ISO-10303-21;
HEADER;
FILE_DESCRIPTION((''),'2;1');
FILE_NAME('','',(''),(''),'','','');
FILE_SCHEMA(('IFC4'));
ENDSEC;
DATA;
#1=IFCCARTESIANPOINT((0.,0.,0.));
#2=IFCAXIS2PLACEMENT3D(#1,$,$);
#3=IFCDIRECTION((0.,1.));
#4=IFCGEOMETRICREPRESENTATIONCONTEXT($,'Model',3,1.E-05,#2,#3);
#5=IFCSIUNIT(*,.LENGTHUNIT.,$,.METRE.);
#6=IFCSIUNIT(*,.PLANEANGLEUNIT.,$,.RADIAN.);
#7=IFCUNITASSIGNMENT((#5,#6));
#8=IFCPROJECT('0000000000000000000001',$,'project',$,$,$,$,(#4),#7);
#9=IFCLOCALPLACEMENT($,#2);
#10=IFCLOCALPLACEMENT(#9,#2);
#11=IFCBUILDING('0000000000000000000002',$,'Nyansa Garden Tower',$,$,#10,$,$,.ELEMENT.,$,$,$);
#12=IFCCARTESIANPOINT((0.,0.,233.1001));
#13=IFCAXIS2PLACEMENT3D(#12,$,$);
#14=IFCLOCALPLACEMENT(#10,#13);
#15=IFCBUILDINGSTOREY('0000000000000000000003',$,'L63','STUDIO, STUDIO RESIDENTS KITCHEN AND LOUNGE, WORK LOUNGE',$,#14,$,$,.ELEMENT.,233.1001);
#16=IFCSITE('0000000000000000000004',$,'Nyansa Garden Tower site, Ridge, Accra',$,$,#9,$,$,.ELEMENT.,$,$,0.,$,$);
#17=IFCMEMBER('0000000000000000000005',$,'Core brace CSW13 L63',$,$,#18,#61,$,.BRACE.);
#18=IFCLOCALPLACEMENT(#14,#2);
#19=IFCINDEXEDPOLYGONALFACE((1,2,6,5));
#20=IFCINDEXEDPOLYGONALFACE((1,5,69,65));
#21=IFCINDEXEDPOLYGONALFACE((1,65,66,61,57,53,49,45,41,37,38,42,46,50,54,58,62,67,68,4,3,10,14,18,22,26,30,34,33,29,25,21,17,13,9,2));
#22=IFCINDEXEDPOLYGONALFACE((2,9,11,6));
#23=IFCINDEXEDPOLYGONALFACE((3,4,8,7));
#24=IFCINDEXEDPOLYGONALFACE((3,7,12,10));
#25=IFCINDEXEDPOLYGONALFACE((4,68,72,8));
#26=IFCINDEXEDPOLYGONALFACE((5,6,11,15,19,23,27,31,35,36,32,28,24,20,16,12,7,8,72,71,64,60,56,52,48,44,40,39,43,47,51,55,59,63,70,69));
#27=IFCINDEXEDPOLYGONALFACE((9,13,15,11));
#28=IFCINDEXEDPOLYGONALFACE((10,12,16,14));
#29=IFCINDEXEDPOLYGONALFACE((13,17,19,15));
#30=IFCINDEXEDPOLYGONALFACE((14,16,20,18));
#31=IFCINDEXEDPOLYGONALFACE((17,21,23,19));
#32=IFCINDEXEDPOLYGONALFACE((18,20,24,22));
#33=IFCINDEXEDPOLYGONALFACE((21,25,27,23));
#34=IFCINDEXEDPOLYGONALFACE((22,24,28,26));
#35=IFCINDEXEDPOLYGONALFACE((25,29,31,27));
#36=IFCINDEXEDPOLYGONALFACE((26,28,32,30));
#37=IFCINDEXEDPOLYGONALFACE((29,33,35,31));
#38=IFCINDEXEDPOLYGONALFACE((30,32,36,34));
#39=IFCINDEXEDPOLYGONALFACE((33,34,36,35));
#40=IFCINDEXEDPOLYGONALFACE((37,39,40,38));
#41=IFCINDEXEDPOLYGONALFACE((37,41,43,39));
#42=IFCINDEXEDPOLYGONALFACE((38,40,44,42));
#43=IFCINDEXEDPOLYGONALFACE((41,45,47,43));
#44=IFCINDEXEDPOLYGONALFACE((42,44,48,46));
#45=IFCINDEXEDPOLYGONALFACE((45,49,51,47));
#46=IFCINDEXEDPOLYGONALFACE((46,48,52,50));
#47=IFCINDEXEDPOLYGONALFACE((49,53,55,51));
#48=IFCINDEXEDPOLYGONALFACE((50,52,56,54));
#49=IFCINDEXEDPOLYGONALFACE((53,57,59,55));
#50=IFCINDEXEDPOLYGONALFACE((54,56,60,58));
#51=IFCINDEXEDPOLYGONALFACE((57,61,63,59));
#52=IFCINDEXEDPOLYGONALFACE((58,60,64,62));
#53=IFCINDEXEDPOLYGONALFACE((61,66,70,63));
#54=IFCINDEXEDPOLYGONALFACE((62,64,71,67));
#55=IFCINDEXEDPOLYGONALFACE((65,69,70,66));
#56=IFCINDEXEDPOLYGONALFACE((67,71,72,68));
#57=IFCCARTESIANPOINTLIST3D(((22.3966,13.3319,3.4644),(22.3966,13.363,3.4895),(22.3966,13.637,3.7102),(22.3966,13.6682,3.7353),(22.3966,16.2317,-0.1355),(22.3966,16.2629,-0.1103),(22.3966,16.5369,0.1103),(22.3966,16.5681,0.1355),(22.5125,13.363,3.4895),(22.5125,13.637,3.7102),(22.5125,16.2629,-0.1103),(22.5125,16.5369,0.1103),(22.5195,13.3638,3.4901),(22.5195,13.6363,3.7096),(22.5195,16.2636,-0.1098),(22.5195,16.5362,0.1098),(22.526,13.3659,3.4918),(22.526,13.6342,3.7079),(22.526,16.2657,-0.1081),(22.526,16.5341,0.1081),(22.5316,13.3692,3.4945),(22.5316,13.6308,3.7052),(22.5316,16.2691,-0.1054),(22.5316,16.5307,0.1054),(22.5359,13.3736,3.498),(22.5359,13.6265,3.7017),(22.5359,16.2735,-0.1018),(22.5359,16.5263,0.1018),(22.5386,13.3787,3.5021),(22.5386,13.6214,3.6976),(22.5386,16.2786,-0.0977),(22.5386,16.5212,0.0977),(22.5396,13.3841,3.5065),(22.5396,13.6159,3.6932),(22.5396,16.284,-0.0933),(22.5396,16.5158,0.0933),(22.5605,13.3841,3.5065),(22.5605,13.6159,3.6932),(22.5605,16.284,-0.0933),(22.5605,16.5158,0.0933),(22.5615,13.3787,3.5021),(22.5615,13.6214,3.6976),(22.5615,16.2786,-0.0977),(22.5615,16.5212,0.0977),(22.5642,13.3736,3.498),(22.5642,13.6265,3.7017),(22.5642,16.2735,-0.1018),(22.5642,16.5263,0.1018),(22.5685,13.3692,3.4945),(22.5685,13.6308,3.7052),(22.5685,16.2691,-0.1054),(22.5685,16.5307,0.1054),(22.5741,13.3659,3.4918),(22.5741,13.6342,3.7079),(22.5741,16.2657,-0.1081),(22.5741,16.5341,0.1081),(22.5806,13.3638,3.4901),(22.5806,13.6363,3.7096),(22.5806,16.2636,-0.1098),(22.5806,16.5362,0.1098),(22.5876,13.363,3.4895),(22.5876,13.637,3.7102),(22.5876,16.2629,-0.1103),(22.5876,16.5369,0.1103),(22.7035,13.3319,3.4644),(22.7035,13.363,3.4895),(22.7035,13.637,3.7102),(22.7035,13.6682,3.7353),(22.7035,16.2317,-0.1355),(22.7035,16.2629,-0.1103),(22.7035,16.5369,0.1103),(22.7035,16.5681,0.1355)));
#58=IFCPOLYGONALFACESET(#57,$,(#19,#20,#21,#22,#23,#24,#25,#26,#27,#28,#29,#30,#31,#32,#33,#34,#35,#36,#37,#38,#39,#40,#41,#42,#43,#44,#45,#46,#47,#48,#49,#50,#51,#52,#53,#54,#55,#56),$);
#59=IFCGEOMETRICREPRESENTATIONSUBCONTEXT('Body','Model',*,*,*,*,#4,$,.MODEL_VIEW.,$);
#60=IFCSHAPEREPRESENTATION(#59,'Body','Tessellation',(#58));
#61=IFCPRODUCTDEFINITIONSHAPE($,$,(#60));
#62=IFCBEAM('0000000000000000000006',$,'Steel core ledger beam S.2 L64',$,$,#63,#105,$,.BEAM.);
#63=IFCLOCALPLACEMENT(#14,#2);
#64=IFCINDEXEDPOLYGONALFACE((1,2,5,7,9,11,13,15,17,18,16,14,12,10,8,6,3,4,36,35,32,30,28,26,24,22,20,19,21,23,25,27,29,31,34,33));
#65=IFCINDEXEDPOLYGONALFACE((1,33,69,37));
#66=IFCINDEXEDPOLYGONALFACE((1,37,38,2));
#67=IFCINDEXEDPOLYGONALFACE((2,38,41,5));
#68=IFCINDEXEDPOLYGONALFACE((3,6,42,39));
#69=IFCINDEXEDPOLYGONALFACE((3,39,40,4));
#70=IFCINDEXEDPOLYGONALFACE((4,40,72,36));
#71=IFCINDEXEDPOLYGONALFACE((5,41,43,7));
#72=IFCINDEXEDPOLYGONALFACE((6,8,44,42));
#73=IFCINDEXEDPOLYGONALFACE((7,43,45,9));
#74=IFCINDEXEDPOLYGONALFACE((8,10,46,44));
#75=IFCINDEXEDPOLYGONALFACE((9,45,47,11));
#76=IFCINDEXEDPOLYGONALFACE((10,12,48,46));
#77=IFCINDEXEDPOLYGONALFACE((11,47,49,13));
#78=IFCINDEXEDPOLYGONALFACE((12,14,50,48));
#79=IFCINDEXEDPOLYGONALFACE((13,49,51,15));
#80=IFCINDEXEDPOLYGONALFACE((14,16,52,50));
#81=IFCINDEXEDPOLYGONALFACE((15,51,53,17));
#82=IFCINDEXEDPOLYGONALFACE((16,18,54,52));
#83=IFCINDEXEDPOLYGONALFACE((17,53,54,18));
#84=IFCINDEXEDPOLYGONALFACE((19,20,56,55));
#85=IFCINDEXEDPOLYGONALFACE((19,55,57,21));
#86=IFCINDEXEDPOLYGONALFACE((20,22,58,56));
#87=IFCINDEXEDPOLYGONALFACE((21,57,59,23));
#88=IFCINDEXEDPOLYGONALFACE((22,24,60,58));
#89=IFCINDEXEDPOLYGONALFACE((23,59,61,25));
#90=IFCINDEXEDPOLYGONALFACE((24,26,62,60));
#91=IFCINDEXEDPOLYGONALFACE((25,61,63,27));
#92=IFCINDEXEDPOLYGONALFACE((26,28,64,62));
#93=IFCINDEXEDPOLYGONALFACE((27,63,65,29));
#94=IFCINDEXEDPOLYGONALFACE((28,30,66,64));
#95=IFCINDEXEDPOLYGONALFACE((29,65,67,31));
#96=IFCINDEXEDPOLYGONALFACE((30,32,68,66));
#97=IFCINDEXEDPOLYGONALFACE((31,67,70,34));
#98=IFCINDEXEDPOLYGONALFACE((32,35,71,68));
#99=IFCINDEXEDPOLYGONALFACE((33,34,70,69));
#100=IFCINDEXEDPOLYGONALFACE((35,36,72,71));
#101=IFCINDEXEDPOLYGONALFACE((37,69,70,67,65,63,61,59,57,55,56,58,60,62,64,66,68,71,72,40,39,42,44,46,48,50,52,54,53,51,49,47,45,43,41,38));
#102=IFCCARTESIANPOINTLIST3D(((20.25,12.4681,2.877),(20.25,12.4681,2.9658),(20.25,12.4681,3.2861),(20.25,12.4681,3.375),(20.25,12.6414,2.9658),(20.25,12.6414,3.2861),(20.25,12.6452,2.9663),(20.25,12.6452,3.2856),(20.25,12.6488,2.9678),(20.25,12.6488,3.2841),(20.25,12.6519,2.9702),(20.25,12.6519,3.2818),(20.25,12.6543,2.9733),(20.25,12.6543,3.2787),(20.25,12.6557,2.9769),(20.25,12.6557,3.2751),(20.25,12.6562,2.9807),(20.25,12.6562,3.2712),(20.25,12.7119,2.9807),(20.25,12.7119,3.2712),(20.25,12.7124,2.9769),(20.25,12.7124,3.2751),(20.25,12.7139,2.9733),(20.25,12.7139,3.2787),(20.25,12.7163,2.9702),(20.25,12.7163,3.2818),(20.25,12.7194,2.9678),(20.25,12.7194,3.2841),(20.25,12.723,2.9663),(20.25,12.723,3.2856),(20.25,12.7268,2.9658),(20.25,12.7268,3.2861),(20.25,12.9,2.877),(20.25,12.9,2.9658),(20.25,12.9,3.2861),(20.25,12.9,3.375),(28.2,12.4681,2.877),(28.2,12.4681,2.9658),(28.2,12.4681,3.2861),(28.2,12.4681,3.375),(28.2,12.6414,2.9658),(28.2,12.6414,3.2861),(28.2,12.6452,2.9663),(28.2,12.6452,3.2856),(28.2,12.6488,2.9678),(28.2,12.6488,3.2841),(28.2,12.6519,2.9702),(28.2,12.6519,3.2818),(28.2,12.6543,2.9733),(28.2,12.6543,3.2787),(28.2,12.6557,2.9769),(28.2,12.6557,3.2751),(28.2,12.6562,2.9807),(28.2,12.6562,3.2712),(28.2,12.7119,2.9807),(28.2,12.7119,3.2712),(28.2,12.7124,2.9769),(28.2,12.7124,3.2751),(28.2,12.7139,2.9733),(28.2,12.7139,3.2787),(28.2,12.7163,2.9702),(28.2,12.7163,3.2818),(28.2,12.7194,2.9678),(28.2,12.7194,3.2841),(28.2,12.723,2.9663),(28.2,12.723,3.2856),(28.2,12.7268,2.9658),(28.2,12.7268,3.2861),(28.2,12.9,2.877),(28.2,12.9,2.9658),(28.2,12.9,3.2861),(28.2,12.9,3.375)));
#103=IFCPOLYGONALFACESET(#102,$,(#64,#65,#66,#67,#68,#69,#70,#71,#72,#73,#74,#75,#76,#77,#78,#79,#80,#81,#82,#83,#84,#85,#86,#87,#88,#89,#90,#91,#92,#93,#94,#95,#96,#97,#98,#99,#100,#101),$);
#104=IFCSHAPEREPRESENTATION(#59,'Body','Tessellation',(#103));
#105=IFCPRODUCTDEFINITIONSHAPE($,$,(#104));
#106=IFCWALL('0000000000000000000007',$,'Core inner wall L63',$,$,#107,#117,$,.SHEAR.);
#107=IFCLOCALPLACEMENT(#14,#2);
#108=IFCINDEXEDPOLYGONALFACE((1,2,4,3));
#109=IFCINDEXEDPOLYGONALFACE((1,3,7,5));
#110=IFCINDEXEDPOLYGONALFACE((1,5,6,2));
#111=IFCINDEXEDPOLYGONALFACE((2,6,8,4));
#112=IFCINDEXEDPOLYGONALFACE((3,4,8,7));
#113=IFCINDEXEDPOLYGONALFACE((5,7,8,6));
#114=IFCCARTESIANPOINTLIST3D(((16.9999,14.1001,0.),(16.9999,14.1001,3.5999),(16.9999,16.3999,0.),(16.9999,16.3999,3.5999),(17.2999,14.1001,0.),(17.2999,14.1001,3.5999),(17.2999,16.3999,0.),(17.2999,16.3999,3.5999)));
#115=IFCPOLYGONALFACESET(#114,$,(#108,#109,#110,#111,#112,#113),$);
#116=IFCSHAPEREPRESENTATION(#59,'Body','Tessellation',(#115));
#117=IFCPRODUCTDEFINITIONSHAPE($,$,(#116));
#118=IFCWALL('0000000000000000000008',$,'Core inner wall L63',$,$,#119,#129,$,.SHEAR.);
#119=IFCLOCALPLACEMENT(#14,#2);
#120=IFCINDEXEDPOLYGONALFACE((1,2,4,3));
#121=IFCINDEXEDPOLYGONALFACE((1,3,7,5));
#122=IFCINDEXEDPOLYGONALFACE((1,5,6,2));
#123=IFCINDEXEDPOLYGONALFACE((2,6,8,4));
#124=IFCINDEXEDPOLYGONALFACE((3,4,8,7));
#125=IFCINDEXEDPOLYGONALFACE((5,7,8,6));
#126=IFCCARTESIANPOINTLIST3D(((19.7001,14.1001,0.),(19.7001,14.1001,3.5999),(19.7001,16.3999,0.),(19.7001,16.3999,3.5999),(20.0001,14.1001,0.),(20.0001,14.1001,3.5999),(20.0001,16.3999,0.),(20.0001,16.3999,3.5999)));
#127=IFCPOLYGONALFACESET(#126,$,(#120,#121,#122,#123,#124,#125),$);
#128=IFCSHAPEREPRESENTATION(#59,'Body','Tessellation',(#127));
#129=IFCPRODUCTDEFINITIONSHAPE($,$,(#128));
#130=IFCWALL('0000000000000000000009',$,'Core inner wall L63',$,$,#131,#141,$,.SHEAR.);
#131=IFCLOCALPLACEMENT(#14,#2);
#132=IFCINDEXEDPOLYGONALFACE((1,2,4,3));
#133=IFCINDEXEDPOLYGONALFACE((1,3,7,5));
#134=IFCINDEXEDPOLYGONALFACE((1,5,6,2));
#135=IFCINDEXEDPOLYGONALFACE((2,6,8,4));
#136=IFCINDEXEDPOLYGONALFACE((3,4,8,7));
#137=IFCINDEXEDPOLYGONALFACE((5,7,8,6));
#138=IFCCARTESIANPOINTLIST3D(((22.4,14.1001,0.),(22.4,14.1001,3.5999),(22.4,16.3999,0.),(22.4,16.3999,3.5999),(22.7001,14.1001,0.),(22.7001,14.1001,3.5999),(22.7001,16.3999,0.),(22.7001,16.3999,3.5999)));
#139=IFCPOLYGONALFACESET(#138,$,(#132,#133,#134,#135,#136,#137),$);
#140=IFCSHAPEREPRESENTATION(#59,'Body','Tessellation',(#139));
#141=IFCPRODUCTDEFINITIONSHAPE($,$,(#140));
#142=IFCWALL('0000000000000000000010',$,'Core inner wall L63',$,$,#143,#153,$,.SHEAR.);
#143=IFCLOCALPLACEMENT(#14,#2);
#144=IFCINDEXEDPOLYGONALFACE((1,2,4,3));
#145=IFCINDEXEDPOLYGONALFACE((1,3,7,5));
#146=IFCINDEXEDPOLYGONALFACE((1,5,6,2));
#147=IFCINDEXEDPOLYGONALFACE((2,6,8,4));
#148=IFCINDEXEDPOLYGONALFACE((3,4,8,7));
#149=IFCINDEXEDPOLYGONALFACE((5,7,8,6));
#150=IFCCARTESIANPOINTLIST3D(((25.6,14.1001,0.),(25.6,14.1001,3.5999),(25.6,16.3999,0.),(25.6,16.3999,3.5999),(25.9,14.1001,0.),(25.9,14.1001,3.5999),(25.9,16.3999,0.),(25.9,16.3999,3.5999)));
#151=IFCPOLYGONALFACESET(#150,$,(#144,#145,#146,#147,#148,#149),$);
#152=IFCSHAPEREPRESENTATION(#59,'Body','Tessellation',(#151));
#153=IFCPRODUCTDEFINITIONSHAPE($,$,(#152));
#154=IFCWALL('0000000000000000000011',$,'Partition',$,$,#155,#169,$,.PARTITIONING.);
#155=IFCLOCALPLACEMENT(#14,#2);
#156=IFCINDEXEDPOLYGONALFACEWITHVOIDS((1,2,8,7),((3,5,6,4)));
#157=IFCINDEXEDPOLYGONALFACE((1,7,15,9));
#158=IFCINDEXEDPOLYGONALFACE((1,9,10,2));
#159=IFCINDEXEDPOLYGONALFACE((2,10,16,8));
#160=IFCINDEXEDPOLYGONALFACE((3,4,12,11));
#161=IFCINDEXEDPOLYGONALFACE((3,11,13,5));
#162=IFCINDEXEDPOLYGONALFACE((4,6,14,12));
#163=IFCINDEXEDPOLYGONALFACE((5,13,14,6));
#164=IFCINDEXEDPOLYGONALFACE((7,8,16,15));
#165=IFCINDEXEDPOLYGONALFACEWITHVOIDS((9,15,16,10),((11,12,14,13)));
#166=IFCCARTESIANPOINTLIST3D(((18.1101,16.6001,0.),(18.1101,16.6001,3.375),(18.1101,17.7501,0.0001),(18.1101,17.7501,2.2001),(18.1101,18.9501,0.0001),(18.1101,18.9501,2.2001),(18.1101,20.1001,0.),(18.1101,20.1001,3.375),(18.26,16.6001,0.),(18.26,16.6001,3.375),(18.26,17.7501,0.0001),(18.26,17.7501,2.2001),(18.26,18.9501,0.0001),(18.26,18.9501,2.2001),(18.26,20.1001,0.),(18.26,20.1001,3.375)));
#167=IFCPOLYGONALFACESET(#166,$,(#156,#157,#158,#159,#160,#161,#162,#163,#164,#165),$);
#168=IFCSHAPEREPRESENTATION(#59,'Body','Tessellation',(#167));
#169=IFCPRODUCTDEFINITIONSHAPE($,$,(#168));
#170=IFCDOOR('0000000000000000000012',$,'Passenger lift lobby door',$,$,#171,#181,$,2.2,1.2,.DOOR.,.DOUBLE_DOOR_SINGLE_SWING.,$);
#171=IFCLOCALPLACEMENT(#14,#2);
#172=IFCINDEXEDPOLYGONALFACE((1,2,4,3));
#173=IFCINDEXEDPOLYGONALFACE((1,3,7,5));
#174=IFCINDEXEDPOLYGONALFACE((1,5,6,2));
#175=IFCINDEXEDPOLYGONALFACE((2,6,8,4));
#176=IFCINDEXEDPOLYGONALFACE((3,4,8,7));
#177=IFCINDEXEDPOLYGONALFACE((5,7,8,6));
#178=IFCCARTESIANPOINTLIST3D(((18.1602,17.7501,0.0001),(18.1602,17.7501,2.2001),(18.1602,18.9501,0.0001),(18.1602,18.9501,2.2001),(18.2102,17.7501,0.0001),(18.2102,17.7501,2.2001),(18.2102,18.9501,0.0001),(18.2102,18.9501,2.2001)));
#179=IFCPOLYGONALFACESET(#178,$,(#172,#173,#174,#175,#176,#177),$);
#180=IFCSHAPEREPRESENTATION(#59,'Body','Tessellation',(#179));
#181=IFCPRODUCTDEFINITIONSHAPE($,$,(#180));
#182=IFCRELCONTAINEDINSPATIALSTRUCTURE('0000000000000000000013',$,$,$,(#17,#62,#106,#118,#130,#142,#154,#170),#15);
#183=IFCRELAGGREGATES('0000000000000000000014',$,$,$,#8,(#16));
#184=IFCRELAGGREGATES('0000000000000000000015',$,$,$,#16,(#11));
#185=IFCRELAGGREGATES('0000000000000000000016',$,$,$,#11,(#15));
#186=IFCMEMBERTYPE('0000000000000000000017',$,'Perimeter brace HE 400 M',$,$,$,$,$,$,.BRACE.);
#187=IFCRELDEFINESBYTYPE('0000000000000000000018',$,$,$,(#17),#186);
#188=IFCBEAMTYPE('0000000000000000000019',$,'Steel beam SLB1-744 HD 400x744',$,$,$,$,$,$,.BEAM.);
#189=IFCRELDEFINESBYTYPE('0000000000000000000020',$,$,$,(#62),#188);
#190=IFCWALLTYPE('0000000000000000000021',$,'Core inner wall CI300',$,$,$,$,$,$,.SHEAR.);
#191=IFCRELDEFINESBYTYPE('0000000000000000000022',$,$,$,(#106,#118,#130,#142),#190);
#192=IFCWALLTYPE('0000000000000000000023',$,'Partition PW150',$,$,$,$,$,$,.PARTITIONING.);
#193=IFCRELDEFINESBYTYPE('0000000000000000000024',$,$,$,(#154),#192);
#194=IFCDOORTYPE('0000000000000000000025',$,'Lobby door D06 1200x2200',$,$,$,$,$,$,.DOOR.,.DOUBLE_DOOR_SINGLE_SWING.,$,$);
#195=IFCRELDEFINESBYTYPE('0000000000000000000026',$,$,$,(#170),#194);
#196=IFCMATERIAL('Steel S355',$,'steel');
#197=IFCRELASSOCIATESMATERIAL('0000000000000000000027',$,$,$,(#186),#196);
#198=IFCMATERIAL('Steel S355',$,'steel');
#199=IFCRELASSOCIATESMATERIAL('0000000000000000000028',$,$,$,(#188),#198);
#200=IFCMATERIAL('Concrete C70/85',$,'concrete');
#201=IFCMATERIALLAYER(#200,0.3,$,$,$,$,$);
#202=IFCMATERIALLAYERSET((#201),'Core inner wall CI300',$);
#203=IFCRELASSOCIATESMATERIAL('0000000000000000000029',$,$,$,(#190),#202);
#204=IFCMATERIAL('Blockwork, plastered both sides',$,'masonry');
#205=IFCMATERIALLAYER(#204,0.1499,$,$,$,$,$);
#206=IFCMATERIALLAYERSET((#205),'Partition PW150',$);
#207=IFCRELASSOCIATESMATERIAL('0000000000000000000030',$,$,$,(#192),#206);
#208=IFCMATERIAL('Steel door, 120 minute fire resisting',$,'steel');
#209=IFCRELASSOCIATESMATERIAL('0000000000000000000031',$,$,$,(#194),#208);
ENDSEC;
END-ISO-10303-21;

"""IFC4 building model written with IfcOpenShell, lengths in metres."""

from ifc_helpers import new_model, si_unit, direction, frame, frame_2d, origin, origin_2d, place, context, subcontext, project, spatial, rectangle, i_section, extrude, material, layer, layer_set, material_profile, profile_set, type_object, element, fill, save


model = new_model("IFC4")

# Units and contexts
model_context = context("Model", 3, precision=1e-05, world=origin(), true_north=direction((0.0, 1.0)))
body_context = subcontext(model_context, "Body", "Model", "MODEL_VIEW")
ifc_project = project(units=[si_unit("LENGTHUNIT", "METRE"), si_unit("PLANEANGLEUNIT", "RADIAN")], contexts=[model_context])

# Site, building, storey
site_placement = place(None, origin())
site = spatial("IfcSite", under=ifc_project, at=site_placement, Name="Nyansa Garden Tower site, Ridge, Accra", CompositionType="ELEMENT", RefElevation=0.0)
building_placement = place(site_placement, origin())
building = spatial("IfcBuilding", under=site, at=building_placement, Name="Nyansa Garden Tower", CompositionType="ELEMENT")
storey_placement = place(building_placement, frame((0.0, 0.0, 233.1001)))
storey = spatial("IfcBuildingStorey", under=building, at=storey_placement, Name="L63", Description="STUDIO, STUDIO RESIDENTS KITCHEN AND LOUNGE, WORK LOUNGE", CompositionType="ELEMENT", Elevation=233.1001)

# Member
ifc_material_1 = material(Name="Steel S355", Category="steel")
ifc_material_profile_1 = material_profile(ifc_material_1, i_section(OverallWidth=0.3069, OverallDepth=0.4319, WebThickness=0.021, FlangeThickness=0.04, FilletRadius=0.0271, at=origin_2d()), Name="HE 400 M")
ifc_profile_set_1 = profile_set([ifc_material_profile_1], Name="Steel S355")
member_type = type_object("IfcMemberType", Name="Perimeter brace HE 400 M", PredefinedType="BRACE", material=ifc_profile_set_1)
for number, where, z_axis, x_axis, name in (
    (1, (22.55, 16.3999, 0.0), (0.0, -0.627332, 0.778752), (1.0, 0.0, 0.0), "Core brace CSW13 L63"),
):
    element("IfcMember", number, at=place(storey_placement, frame(where, z_axis=z_axis, x_axis=x_axis)), inside=storey, type_object=member_type, Name=name, PredefinedType="BRACE", context=body_context, shape_type="SweptSolid", body=[
        extrude(i_section(OverallWidth=0.3069, OverallDepth=0.4319, WebThickness=0.021, FlangeThickness=0.04, FilletRadius=0.0271, at=origin_2d()), origin(), (0.0, 0.0, 1.0), 4.6226),
    ])

# Beam
ifc_material_2 = material(Name="Steel S355", Category="steel")
ifc_material_profile_2 = material_profile(ifc_material_2, i_section(OverallWidth=0.4319, OverallDepth=0.498, WebThickness=0.0557, FlangeThickness=0.0889, FilletRadius=0.0149, at=origin_2d()), Name="HD 400x744")
ifc_profile_set_2 = profile_set([ifc_material_profile_2], Name="Steel S355")
beam_type = type_object("IfcBeamType", Name="Steel beam SLB1-744 HD 400x744", PredefinedType="BEAM", material=ifc_profile_set_2)
beam_placement = place(storey_placement, frame((20.25, 12.6841, 3.126), z_axis=(1.0, 0.0, 0.0), x_axis=(0.0, 1.0, 0.0)))
element("IfcBeam", 2, at=beam_placement, inside=storey, type_object=beam_type, Name="Steel core ledger beam S.2 L64", PredefinedType="BEAM", context=body_context, shape_type="SweptSolid", body=[
    extrude(i_section(OverallWidth=0.4319, OverallDepth=0.498, WebThickness=0.0557, FlangeThickness=0.0889, FilletRadius=0.0149, at=origin_2d()), origin(), (0.0, 0.0, 1.0), 7.95),
])

# Walls
ifc_material_3 = material(Name="Concrete C70/85", Category="concrete")
ifc_layer_1 = layer(ifc_material_3, 0.3)
ifc_layer_set_1 = layer_set([ifc_layer_1], Name="Core inner wall CI300")
wall_type_1 = type_object("IfcWallType", Name="Core inner wall CI300", PredefinedType="SHEAR", material=ifc_layer_set_1)
for number, where, z_axis, x_axis, name in (
    (3, (17.1499, 14.1001, 0.0), (0.0, 0.0, 1.0), (0.0, 1.0, 0.0), "Core inner wall L63"),
    (4, (19.8501, 14.1001, 0.0), (0.0, 0.0, 1.0), (0.0, 1.0, 0.0), "Core inner wall L63"),
    (5, (22.55, 14.1001, 0.0), (0.0, 0.0, 1.0), (0.0, 1.0, 0.0), "Core inner wall L63"),
    (6, (25.75, 14.1001, 0.0), (0.0, 0.0, 1.0), (0.0, 1.0, 0.0), "Core inner wall L63"),
):
    element("IfcWall", number, at=place(storey_placement, frame(where, z_axis=z_axis, x_axis=x_axis)), inside=storey, type_object=wall_type_1, Name=name, PredefinedType="SHEAR", context=body_context, shape_type="SweptSolid", body=[
        extrude(rectangle(XDim=2.2998, YDim=0.3, at=frame_2d((1.1499, 0.0))), origin(), (0.0, 0.0, 1.0), 3.5999),
    ])

# Wall, opening, door
ifc_material_4 = material(Name="Blockwork, plastered both sides", Category="masonry")
ifc_layer_2 = layer(ifc_material_4, 0.1499)
ifc_layer_set_2 = layer_set([ifc_layer_2], Name="Partition PW150")
wall_type_2 = type_object("IfcWallType", Name="Partition PW150", PredefinedType="PARTITIONING", material=ifc_layer_set_2)
wall_1_placement = place(storey_placement, frame((18.1851, 16.6001, 0.0), z_axis=(0.0, 0.0, 1.0), x_axis=(0.0, 1.0, 0.0)))
wall_1 = element("IfcWall", 7, at=wall_1_placement, inside=storey, type_object=wall_type_2, Name="Partition", PredefinedType="PARTITIONING", context=body_context, shape_type="SweptSolid", body=[
    extrude(rectangle(XDim=3.5, YDim=0.1499, at=frame_2d((1.75, 0.0))), origin(), (0.0, 0.0, 1.0), 3.375),
])
opening_1_placement = place(wall_1_placement, frame((1.1499, 0.0, 0.0)))
opening_1 = element("IfcOpeningElement", 8, at=opening_1_placement, cuts=wall_1, PredefinedType="OPENING", context=body_context, shape_type="SweptSolid", body=[
    extrude(rectangle(XDim=1.2, YDim=2.2, at=frame_2d((0.6001, 1.1001))), frame((0.0, 0.085, 0.0), z_axis=(0.0, -1.0, 0.0), x_axis=(1.0, 0.0, 0.0)), (0.0, 0.0, 1.0), 0.1699),
])
ifc_material_5 = material(Name="Steel door, 120 minute fire resisting", Category="steel")
door_type_1 = type_object("IfcDoorType", Name="Lobby door D06 1200x2200", OperationType="DOUBLE_DOOR_SINGLE_SWING", PredefinedType="DOOR", material=ifc_material_5)
door_1_placement = place(opening_1_placement, origin())
door_1 = element("IfcDoor", 9, at=door_1_placement, inside=storey, type_object=door_type_1, Name="Passenger lift lobby door", OperationType="DOUBLE_DOOR_SINGLE_SWING", OverallHeight=2.2, OverallWidth=1.2, PredefinedType="DOOR", context=body_context, shape_type="SweptSolid", body=[
    extrude(rectangle(XDim=1.2, YDim=2.2, at=frame_2d((0.6001, 1.1001))), frame((0.0, 0.0249, 0.0), z_axis=(0.0, -1.0, 0.0), x_axis=(1.0, 0.0, 0.0)), (0.0, 0.0, 1.0), 0.05),
])
fill(opening_1, door_1)

save(model, "model.ifc")
